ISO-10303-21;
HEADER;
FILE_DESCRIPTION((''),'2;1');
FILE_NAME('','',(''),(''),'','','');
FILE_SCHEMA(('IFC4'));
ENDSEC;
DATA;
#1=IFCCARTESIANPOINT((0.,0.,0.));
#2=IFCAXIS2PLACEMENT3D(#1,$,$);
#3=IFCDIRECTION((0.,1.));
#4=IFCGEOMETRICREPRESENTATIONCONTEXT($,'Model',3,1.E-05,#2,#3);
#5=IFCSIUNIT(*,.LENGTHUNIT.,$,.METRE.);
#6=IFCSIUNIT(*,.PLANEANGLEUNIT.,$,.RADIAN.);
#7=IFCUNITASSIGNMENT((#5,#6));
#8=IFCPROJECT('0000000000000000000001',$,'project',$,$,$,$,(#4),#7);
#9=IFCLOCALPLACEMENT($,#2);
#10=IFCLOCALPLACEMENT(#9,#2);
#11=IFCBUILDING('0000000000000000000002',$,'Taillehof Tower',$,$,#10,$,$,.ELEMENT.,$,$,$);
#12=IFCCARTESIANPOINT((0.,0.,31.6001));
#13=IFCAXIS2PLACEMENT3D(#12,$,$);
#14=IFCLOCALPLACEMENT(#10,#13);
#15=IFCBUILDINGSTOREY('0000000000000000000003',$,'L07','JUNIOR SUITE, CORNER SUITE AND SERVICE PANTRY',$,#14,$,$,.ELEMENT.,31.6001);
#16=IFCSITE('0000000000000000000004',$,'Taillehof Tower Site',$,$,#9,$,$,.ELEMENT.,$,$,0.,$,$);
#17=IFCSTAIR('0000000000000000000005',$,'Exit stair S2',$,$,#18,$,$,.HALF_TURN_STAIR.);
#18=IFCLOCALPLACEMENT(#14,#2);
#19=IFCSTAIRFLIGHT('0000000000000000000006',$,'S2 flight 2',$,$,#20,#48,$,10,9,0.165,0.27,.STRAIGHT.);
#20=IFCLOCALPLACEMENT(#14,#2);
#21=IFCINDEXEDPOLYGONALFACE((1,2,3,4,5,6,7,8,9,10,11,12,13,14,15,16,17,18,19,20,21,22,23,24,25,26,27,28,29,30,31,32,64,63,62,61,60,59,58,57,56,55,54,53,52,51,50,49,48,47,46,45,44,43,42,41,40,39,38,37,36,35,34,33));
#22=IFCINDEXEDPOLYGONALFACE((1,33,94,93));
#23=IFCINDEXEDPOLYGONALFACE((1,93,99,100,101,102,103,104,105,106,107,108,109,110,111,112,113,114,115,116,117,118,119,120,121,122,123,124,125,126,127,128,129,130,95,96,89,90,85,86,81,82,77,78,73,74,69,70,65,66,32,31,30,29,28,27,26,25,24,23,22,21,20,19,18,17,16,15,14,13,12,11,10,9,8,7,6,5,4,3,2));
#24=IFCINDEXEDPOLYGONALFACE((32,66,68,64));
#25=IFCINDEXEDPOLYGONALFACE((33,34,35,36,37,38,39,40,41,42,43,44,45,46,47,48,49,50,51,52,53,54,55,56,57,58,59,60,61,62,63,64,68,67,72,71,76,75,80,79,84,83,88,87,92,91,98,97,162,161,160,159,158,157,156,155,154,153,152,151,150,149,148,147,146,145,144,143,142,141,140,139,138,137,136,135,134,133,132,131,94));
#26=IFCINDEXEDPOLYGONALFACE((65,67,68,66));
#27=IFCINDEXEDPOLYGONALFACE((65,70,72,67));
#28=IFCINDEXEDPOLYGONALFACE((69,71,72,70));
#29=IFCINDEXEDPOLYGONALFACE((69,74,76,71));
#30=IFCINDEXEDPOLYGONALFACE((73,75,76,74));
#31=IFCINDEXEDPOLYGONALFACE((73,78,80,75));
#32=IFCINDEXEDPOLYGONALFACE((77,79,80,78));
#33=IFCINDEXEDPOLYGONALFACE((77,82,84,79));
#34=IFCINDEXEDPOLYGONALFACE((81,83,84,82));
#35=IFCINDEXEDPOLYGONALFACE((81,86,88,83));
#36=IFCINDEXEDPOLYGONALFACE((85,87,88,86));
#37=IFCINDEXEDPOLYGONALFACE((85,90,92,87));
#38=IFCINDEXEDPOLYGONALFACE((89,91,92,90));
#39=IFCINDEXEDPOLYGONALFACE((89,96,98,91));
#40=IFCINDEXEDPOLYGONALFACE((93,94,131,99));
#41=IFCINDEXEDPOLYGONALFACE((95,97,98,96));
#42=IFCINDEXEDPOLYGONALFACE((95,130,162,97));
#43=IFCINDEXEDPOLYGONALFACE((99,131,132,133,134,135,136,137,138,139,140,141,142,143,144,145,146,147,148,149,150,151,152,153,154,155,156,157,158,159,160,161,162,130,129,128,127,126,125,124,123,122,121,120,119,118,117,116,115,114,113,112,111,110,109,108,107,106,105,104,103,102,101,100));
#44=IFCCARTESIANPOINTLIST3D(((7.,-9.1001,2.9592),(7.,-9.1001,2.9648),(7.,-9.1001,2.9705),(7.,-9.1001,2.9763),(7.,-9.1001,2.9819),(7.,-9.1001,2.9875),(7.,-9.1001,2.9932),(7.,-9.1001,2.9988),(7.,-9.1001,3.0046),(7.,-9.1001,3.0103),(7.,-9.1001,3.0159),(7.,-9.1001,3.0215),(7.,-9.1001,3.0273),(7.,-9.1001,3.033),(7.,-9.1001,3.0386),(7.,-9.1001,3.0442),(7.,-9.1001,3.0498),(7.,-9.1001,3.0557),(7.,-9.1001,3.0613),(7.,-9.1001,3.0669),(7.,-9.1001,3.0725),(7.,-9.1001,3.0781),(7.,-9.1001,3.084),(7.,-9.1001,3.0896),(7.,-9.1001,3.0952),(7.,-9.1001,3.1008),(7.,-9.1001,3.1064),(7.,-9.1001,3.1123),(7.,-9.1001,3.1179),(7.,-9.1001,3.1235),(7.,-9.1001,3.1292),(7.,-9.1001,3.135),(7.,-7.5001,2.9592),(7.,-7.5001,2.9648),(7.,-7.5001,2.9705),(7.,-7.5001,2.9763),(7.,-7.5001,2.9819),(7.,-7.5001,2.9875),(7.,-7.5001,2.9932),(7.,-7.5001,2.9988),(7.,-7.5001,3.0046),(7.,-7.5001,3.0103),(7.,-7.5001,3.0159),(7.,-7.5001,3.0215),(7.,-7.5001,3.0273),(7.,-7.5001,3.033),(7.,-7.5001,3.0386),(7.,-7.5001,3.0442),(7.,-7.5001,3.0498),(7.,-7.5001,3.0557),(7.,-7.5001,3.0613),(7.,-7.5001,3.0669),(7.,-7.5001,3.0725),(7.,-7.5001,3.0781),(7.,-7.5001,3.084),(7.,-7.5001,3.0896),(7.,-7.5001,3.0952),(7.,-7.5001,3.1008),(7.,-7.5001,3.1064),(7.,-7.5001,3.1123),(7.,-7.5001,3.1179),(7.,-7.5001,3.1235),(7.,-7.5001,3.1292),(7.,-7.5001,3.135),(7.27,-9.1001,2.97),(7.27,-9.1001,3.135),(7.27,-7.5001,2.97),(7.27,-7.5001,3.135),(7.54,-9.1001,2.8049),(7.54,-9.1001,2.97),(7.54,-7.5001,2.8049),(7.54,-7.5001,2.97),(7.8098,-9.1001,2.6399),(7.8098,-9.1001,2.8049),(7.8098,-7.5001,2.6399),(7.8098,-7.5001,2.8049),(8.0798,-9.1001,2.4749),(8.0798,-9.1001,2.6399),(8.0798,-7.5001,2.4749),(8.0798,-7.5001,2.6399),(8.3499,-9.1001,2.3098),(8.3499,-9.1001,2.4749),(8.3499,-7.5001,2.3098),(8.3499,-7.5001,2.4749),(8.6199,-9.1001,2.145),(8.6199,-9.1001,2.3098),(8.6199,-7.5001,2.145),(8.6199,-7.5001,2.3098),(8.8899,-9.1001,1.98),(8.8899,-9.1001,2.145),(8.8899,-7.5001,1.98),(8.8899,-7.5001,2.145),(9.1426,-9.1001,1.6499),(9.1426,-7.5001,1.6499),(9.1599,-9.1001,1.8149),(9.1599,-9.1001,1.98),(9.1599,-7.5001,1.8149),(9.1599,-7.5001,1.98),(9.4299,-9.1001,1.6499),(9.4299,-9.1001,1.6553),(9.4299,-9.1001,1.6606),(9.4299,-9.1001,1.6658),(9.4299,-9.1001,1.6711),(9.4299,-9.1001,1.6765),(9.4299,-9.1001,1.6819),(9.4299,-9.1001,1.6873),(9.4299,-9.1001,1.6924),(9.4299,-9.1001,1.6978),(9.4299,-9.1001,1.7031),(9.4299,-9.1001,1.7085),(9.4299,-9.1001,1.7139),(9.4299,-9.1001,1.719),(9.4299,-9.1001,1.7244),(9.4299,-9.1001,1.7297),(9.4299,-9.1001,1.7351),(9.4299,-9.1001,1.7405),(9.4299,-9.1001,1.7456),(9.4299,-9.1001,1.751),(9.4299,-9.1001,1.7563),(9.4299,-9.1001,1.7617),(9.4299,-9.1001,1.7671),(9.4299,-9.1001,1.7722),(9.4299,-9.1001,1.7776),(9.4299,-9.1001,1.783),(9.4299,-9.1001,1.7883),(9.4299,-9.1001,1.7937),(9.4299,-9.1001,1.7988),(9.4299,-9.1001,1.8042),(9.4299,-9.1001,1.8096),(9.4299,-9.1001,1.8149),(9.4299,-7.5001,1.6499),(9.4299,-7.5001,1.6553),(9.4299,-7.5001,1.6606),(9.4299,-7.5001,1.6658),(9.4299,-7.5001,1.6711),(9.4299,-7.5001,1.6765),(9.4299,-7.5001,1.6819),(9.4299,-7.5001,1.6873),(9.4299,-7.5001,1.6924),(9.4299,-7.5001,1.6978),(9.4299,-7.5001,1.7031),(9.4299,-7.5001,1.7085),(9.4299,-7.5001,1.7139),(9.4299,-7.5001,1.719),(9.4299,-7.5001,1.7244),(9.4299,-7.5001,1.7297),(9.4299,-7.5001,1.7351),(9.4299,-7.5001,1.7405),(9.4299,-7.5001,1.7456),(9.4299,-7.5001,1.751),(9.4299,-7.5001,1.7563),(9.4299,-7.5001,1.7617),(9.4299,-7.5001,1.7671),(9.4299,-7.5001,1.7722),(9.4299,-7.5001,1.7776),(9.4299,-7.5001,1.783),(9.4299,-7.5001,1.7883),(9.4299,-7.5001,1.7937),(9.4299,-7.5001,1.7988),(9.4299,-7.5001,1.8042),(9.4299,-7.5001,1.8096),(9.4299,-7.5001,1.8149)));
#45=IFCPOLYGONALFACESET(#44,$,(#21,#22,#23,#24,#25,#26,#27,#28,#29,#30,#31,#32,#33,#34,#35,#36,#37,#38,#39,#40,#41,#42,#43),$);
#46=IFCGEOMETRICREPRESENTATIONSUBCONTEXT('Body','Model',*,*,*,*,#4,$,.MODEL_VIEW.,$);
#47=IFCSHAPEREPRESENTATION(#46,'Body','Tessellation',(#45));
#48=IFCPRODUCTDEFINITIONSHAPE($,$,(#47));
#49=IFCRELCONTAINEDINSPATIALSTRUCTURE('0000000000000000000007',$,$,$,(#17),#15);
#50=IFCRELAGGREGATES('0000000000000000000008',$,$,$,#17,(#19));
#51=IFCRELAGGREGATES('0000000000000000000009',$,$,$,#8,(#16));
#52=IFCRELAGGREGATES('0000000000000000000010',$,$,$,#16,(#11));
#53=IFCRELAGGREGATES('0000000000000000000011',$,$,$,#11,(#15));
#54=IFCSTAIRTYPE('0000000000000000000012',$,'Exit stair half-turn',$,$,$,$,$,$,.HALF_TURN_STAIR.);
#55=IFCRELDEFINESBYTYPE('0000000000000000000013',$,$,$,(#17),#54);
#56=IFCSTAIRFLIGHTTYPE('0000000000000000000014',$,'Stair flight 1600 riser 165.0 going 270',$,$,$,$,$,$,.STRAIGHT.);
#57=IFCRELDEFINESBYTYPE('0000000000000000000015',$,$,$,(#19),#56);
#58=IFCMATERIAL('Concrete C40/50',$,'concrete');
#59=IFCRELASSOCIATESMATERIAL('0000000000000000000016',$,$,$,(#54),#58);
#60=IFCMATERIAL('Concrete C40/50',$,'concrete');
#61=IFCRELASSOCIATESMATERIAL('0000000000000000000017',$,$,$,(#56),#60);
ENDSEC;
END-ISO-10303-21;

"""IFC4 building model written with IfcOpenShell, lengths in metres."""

from ifc_helpers import new_model, si_unit, direction, frame, origin, place, context, subcontext, project, spatial, polyline, outline, extrude, material, type_object, element, aggregate, save


model = new_model("IFC4")

# Units and contexts
model_context = context("Model", 3, precision=1e-05, world=origin(), true_north=direction((0.0, 1.0)))
body_context = subcontext(model_context, "Body", "Model", "MODEL_VIEW")
ifc_project = project(units=[si_unit("LENGTHUNIT", "METRE"), si_unit("PLANEANGLEUNIT", "RADIAN")], contexts=[model_context])

# Site, building, storey
site_placement = place(None, origin())
site = spatial("IfcSite", under=ifc_project, at=site_placement, Name="Taillehof Tower Site", CompositionType="ELEMENT", RefElevation=0.0)
building_placement = place(site_placement, origin())
building = spatial("IfcBuilding", under=site, at=building_placement, Name="Taillehof Tower", CompositionType="ELEMENT")
storey_placement = place(building_placement, frame((0.0, 0.0, 31.6001)))
storey = spatial("IfcBuildingStorey", under=building, at=storey_placement, Name="L07", Description="JUNIOR SUITE, CORNER SUITE AND SERVICE PANTRY", CompositionType="ELEMENT", Elevation=31.6001)

# Stair, stair flight
ifc_material_1 = material(Name="Concrete C40/50", Category="concrete")
stair_type = type_object("IfcStairType", Name="Exit stair half-turn", PredefinedType="HALF_TURN_STAIR", material=ifc_material_1)
stair_placement = place(storey_placement, origin())
stair = element("IfcStair", 1, at=stair_placement, inside=storey, type_object=stair_type, Name="Exit stair S2", PredefinedType="HALF_TURN_STAIR")
ifc_material_2 = material(Name="Concrete C40/50", Category="concrete")
stair_flight_type = type_object("IfcStairFlightType", Name="Stair flight 1600 riser 165.0 going 270", PredefinedType="STRAIGHT", material=ifc_material_2)
stair_flight_1_placement = place(storey_placement, frame((9.4299, -8.3, 1.6499), z_axis=(0.0, 0.0, 1.0), x_axis=(-1.0, 0.0, 0.0)))
stair_flight_1 = element("IfcStairFlight", 2, at=stair_flight_1_placement, type_object=stair_flight_type, Name="S2 flight 2", NumberOfRisers=10, NumberOfTreads=9, PredefinedType="STRAIGHT", RiserHeight=0.165, TreadLength=0.27, context=body_context, shape_type="SweptSolid", body=[
    extrude(outline(polyline([(0.0, 0.0), (0.0, 0.0054), (0.0, 0.0107), (0.0, 0.0159), (0.0, 0.0212), (0.0, 0.0266), (0.0, 0.032), (0.0, 0.0374), (0.0, 0.0425), (0.0, 0.0479), (0.0, 0.0532), (0.0, 0.0586), (0.0, 0.064), (0.0, 0.0691), (0.0, 0.0745), (0.0, 0.0798), (0.0, 0.0852), (0.0, 0.0906), (0.0, 0.0957), (0.0, 0.1011), (0.0, 0.1064), (0.0, 0.1118), (0.0, 0.1172), (0.0, 0.1223), (0.0, 0.1277), (0.0, 0.1331), (0.0, 0.1384), (0.0, 0.1438), (0.0, 0.1489), (0.0, 0.1543), (0.0, 0.1597), (0.0, 0.165), (0.27, 0.165), (0.27, 0.3301), (0.54, 0.3301), (0.54, 0.4951), (0.8101, 0.4951), (0.8101, 0.6599), (1.0801, 0.6599), (1.0801, 0.825), (1.3501, 0.825), (1.3501, 0.99), (1.6201, 0.99), (1.6201, 1.155), (1.8899, 1.155), (1.8899, 1.3201), (2.1599, 1.3201), (2.1599, 1.4851), (2.4299, 1.4851), (2.4299, 1.4792), (2.4299, 1.4736), (2.4299, 1.468), (2.4299, 1.4624), (2.4299, 1.4565), (2.4299, 1.4509), (2.4299, 1.4453), (2.4299, 1.4397), (2.4299, 1.4341), (2.4299, 1.4282), (2.4299, 1.4226), (2.4299, 1.417), (2.4299, 1.4114), (2.4299, 1.4058), (2.4299, 1.3999), (2.4299, 1.3943), (2.4299, 1.3887), (2.4299, 1.3831), (2.4299, 1.3774), (2.4299, 1.3716), (2.4299, 1.366), (2.4299, 1.3604), (2.4299, 1.3547), (2.4299, 1.3489), (2.4299, 1.3433), (2.4299, 1.3376), (2.4299, 1.332), (2.4299, 1.3264), (2.4299, 1.3206), (2.4299, 1.3149), (2.4299, 1.3093), (0.2874, 0.0), (0.0, 0.0)])), frame((0.0, 0.8, 0.0), z_axis=(0.0, -1.0, 0.0), x_axis=(1.0, 0.0, 0.0)), (0.0, 0.0, 1.0), 1.6),
])
aggregate(stair, [stair_flight_1])

save(model, "model.ifc")
